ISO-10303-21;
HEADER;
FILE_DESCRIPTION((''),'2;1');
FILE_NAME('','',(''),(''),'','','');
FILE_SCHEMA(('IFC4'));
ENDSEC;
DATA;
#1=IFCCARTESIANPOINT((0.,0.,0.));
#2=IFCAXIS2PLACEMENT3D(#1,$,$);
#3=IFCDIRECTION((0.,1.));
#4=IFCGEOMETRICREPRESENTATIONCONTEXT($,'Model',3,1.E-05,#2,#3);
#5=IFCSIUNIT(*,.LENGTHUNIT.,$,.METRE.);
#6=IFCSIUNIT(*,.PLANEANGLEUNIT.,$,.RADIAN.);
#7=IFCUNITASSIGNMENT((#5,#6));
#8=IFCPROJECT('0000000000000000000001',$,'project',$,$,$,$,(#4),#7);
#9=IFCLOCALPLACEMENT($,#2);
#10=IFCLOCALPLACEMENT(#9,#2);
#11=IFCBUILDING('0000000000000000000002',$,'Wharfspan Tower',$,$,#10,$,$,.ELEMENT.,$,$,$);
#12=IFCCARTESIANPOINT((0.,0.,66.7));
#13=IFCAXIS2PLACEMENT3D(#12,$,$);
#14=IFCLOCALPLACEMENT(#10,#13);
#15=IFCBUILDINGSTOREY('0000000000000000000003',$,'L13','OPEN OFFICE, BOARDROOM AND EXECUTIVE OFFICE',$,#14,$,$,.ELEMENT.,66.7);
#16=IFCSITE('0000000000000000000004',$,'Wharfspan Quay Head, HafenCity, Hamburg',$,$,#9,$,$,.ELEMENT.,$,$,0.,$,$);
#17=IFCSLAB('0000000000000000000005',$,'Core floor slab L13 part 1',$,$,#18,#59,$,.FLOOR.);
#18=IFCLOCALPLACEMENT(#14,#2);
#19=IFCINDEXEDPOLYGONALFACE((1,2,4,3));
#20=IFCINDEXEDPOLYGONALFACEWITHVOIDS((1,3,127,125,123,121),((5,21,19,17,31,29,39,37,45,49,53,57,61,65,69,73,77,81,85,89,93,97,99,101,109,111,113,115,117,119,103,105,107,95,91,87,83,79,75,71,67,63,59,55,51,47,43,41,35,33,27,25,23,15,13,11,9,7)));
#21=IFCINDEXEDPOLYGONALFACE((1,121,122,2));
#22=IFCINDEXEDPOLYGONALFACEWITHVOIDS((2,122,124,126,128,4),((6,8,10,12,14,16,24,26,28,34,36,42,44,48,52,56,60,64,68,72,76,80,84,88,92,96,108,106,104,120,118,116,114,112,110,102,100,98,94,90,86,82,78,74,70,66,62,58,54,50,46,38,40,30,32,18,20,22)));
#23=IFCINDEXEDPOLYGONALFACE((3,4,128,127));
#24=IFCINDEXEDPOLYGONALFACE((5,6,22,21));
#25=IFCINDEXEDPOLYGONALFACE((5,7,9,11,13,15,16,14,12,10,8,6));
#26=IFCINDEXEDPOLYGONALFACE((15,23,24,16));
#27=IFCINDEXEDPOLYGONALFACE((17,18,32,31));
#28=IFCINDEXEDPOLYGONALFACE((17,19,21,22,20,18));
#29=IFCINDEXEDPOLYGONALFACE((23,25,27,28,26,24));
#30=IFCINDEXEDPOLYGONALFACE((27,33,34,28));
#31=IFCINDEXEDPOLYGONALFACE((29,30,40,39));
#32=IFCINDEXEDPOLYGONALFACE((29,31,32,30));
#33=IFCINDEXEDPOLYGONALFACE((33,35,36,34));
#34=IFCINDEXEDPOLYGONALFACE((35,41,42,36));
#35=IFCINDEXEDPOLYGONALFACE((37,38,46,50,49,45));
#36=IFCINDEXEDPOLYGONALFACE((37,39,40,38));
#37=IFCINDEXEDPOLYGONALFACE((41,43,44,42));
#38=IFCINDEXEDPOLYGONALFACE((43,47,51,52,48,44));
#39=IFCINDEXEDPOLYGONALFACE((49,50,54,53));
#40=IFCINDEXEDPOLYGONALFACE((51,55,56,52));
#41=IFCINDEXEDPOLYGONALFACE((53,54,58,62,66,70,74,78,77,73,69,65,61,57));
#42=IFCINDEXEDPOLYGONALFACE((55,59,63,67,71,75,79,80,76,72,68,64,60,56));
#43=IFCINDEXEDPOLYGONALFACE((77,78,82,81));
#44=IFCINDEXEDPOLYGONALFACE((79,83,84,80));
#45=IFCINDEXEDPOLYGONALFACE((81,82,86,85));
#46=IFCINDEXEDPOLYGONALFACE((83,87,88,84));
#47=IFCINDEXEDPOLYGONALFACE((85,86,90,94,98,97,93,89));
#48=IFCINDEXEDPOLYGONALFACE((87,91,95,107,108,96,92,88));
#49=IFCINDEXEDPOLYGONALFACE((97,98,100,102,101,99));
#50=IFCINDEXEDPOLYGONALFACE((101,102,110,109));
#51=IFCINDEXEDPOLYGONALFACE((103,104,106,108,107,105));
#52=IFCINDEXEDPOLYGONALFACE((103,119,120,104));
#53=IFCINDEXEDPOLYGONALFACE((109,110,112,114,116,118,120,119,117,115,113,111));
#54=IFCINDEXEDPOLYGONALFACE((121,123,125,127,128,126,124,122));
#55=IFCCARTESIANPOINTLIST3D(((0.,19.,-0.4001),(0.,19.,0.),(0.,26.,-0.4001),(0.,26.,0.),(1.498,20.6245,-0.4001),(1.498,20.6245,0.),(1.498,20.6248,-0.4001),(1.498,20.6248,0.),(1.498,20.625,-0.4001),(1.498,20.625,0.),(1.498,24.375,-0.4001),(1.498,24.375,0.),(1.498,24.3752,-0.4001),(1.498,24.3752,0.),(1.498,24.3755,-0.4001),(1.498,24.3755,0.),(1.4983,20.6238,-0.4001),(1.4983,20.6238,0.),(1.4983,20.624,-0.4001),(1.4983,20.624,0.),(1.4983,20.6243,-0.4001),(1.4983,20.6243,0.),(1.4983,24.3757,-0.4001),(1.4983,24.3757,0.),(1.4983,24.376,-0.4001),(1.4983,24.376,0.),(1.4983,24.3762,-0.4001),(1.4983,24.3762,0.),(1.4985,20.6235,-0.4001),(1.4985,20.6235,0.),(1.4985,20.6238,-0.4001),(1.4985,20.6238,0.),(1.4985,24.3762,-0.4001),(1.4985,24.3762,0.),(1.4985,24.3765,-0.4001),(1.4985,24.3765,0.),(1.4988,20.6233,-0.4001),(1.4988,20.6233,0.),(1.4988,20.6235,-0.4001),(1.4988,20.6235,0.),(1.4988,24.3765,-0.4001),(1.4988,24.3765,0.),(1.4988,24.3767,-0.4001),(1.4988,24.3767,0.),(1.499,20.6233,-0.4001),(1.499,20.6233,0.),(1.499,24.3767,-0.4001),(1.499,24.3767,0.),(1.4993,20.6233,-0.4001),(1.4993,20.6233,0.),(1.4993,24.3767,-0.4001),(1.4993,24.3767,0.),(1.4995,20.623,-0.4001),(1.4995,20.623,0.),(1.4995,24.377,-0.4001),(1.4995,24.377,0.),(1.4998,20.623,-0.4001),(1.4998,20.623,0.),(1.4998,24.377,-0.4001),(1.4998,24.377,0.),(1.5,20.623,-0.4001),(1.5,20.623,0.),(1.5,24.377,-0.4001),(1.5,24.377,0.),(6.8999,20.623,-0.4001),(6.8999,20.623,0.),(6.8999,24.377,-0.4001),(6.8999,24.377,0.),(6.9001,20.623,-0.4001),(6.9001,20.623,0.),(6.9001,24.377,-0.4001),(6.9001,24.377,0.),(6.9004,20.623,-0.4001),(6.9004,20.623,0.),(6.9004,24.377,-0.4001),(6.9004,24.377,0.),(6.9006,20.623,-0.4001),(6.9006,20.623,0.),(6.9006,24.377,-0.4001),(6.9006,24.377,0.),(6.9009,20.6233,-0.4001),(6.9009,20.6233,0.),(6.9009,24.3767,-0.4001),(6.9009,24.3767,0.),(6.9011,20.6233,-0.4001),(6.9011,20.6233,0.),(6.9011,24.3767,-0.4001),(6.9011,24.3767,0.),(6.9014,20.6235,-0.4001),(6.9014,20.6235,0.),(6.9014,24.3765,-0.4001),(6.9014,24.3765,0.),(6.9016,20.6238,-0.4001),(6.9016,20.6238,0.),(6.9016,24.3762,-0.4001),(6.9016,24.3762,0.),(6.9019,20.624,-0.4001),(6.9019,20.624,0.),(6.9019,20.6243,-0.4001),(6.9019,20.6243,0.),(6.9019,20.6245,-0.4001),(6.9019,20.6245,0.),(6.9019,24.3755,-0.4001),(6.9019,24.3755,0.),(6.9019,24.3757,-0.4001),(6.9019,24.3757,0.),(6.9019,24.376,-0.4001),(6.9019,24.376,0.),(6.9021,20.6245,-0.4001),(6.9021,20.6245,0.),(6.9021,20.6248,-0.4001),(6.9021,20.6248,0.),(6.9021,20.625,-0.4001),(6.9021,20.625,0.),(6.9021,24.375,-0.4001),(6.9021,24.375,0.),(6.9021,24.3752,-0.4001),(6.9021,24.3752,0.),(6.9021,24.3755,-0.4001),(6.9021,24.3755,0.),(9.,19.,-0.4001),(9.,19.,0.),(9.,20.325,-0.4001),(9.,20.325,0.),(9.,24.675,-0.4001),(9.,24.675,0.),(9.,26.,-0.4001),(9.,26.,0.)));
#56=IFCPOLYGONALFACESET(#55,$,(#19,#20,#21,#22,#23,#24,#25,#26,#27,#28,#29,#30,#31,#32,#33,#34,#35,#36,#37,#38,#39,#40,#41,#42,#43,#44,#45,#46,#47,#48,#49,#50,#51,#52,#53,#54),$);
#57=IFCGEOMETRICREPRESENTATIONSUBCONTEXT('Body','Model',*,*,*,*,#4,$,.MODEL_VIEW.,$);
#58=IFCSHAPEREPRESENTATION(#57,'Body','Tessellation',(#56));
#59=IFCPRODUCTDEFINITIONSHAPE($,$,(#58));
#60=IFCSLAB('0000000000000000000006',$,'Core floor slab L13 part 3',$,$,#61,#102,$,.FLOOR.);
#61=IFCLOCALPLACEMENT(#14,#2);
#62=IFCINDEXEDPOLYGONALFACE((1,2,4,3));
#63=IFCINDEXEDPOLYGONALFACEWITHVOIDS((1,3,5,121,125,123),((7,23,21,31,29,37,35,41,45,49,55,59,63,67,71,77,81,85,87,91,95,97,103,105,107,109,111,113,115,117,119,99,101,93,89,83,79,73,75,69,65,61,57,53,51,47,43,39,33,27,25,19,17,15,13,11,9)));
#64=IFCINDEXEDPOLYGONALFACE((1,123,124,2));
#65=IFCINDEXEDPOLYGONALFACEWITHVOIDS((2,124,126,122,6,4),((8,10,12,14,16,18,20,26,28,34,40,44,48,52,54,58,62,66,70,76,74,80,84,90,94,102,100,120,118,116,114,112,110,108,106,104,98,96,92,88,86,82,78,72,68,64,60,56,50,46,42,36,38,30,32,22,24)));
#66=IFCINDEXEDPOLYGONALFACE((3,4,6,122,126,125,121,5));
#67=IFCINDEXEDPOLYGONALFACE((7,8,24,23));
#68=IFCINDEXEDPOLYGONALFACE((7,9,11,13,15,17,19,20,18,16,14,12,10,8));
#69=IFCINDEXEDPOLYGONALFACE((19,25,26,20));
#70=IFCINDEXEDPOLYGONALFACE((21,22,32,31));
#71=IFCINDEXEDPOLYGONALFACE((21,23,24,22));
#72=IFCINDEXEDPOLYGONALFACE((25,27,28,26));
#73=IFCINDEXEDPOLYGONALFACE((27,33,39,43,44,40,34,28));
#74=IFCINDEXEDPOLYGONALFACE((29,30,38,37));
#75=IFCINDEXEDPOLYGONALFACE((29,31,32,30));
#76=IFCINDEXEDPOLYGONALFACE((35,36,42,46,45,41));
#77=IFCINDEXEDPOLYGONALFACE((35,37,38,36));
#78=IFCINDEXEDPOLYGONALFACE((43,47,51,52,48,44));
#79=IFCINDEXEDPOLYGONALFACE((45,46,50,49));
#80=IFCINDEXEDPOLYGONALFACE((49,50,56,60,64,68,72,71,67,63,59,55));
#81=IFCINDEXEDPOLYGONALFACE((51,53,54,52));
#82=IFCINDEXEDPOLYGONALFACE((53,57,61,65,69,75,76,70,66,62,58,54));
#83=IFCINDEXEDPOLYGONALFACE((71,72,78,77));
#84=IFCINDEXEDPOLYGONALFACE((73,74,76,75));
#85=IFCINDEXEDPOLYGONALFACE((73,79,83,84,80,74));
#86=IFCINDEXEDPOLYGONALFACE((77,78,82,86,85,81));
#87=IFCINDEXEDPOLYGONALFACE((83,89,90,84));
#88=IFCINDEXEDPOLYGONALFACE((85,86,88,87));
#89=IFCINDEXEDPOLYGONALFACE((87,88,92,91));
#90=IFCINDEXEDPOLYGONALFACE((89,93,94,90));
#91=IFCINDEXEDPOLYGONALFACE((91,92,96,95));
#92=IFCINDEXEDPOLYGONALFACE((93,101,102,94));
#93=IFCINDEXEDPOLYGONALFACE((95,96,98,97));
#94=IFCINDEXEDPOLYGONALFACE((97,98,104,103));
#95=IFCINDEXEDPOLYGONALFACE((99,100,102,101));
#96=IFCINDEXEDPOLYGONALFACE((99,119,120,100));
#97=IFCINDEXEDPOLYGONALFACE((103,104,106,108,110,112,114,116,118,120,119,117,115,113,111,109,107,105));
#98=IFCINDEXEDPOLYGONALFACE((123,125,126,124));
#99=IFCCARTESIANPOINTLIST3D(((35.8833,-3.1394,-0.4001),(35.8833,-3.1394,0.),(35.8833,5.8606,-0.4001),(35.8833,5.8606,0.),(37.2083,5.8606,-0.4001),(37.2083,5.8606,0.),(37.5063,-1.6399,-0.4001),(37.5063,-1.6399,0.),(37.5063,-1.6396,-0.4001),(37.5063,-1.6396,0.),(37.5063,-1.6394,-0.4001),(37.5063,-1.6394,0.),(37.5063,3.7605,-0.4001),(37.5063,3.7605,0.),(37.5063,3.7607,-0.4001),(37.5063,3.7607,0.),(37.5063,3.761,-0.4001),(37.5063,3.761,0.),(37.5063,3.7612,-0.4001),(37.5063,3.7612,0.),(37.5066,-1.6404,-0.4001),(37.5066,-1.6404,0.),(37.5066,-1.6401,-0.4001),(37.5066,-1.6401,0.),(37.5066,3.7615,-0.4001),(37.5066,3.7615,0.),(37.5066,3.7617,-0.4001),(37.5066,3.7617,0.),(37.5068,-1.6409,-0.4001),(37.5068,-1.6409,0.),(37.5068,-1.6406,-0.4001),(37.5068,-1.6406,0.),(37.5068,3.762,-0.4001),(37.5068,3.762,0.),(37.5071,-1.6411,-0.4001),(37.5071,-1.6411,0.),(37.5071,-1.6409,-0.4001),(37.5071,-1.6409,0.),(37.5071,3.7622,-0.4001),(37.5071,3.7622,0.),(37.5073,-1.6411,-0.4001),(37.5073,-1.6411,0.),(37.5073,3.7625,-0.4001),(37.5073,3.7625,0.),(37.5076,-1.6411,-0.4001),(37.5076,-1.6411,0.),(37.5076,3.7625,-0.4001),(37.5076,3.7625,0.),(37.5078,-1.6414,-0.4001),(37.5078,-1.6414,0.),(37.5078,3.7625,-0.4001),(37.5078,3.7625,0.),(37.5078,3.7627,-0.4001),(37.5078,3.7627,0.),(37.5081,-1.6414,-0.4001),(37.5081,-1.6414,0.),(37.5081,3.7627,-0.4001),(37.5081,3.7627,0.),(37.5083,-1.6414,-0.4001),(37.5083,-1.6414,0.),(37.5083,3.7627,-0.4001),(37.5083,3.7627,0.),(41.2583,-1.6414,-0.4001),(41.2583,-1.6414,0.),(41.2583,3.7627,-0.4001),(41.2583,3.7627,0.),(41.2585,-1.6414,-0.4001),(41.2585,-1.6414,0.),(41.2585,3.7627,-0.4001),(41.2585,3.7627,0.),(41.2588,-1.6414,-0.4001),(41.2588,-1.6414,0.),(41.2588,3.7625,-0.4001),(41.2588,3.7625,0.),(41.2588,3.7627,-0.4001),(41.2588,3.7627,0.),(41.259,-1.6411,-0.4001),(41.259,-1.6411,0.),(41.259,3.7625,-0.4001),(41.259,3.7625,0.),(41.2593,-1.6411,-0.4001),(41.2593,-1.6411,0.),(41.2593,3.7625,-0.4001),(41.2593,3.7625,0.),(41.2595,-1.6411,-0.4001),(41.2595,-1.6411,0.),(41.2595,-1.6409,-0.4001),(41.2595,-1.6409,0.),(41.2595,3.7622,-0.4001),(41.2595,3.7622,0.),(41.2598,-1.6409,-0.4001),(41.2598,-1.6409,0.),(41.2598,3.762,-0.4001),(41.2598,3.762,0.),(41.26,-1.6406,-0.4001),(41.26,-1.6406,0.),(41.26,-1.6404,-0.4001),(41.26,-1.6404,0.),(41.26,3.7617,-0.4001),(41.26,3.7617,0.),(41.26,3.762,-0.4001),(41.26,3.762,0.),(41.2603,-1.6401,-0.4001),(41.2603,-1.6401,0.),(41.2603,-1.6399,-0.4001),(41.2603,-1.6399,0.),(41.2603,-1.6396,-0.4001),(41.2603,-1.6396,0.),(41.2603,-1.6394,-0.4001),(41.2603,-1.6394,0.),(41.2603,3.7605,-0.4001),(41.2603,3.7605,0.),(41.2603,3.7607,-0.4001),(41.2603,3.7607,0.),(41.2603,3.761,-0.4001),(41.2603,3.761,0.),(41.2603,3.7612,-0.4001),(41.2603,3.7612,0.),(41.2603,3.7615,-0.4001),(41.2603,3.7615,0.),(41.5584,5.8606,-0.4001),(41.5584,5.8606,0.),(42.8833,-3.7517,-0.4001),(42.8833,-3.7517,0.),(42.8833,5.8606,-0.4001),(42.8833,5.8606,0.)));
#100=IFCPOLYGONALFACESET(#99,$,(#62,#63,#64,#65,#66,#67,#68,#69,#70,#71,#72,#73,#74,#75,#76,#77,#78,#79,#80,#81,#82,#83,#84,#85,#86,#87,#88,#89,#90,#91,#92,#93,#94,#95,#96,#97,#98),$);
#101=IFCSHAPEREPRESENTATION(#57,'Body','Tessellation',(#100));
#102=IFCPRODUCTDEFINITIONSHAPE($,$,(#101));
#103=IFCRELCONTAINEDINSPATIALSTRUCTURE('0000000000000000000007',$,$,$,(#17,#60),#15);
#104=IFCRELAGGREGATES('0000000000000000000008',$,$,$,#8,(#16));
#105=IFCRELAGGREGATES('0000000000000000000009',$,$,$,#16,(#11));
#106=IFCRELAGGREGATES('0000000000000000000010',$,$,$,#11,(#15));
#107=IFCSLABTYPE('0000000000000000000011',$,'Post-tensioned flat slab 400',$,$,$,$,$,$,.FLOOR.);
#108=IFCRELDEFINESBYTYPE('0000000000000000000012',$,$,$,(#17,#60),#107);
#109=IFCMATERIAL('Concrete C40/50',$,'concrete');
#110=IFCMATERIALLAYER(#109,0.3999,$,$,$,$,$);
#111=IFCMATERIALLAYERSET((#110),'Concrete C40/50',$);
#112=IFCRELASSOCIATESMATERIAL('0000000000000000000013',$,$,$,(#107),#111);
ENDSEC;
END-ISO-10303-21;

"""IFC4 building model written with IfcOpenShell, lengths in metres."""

from ifc_helpers import new_model, si_unit, direction, frame, origin, place, context, subcontext, project, spatial, polyline, outline, extrude, material, layer, layer_set, type_object, element, save


model = new_model("IFC4")

# Units and contexts
model_context = context("Model", 3, precision=1e-05, world=origin(), true_north=direction((0.0, 1.0)))
body_context = subcontext(model_context, "Body", "Model", "MODEL_VIEW")
ifc_project = project(units=[si_unit("LENGTHUNIT", "METRE"), si_unit("PLANEANGLEUNIT", "RADIAN")], contexts=[model_context])

# Site, building, storey
site_placement = place(None, origin())
site = spatial("IfcSite", under=ifc_project, at=site_placement, Name="Wharfspan Quay Head, HafenCity, Hamburg", CompositionType="ELEMENT", RefElevation=0.0)
building_placement = place(site_placement, origin())
building = spatial("IfcBuilding", under=site, at=building_placement, Name="Wharfspan Tower", CompositionType="ELEMENT")
storey_placement = place(building_placement, frame((0.0, 0.0, 66.7)))
storey = spatial("IfcBuildingStorey", under=building, at=storey_placement, Name="L13", Description="OPEN OFFICE, BOARDROOM AND EXECUTIVE OFFICE", CompositionType="ELEMENT", Elevation=66.7)

# Slabs
ifc_material_1 = material(Name="Concrete C40/50", Category="concrete")
ifc_layer_1 = layer(ifc_material_1, 0.3999)
ifc_layer_set_1 = layer_set([ifc_layer_1], Name="Concrete C40/50")
slab_type_1 = type_object("IfcSlabType", Name="Post-tensioned flat slab 400", PredefinedType="FLOOR", material=ifc_layer_set_1)
slab_1_placement = place(storey_placement, frame((0.0, 0.0, -0.4001)))
element("IfcSlab", 1, at=slab_1_placement, inside=storey, type_object=slab_type_1, Name="Core floor slab L13 part 1", PredefinedType="FLOOR", context=body_context, shape_type="SweptSolid", body=[
    extrude(outline(polyline([(9.0, 20.325), (9.0, 24.675), (9.0, 26.0), (0.0, 26.0), (0.0, 19.0), (9.0, 19.0), (9.0, 20.325)]), holes=[polyline([(6.9021, 20.625), (6.9021, 20.6248), (6.9021, 20.6245), (6.9019, 20.6245), (6.9019, 20.6243), (6.9019, 20.624), (6.9016, 20.6238), (6.9016, 20.6238), (6.9014, 20.6235), (6.9014, 20.6235), (6.9011, 20.6233), (6.9009, 20.6233), (6.9009, 20.6233), (6.9006, 20.623), (6.9004, 20.623), (6.9001, 20.623), (6.8999, 20.623), (1.5, 20.623), (1.4998, 20.623), (1.4995, 20.623), (1.4995, 20.623), (1.4993, 20.6233), (1.499, 20.6233), (1.4988, 20.6233), (1.4988, 20.6235), (1.4985, 20.6235), (1.4985, 20.6238), (1.4983, 20.6238), (1.4983, 20.624), (1.4983, 20.6243), (1.498, 20.6245), (1.498, 20.6245), (1.498, 20.6248), (1.498, 20.625), (1.498, 24.375), (1.498, 24.3752), (1.498, 24.3755), (1.498, 24.3755), (1.4983, 24.3757), (1.4983, 24.376), (1.4983, 24.3762), (1.4985, 24.3762), (1.4985, 24.3765), (1.4988, 24.3765), (1.4988, 24.3767), (1.499, 24.3767), (1.4993, 24.3767), (1.4995, 24.377), (1.4995, 24.377), (1.4998, 24.377), (1.5, 24.377), (6.8999, 24.377), (6.9001, 24.377), (6.9004, 24.377), (6.9006, 24.377), (6.9009, 24.3767), (6.9009, 24.3767), (6.9011, 24.3767), (6.9014, 24.3765), (6.9014, 24.3765), (6.9016, 24.3762), (6.9016, 24.3762), (6.9019, 24.376), (6.9019, 24.3757), (6.9019, 24.3755), (6.9021, 24.3755), (6.9021, 24.3752), (6.9021, 24.375), (6.9021, 20.625)])]), origin(), (0.0, 0.0, 1.0), 0.4001),
])
slab_2_placement = place(storey_placement, frame((0.0, 0.0, -0.4001)))
element("IfcSlab", 2, at=slab_2_placement, inside=storey, type_object=slab_type_1, Name="Core floor slab L13 part 3", PredefinedType="FLOOR", context=body_context, shape_type="SweptSolid", body=[
    extrude(outline(polyline([(41.5583, 5.8606), (37.2083, 5.8606), (35.8833, 5.8606), (35.8833, -3.1394), (42.8833, -3.7517), (42.8833, 5.8606), (41.5583, 5.8606)]), holes=[polyline([(37.5063, 3.7605), (37.5063, 3.7607), (37.5063, 3.761), (37.5063, 3.7612), (37.5066, 3.7615), (37.5066, 3.7617), (37.5066, 3.7617), (37.5068, 3.762), (37.5068, 3.762), (37.5071, 3.7622), (37.5071, 3.7622), (37.5073, 3.7625), (37.5076, 3.7625), (37.5078, 3.7625), (37.5078, 3.7627), (37.5081, 3.7627), (37.5083, 3.7627), (41.2583, 3.7627), (41.2585, 3.7627), (41.2588, 3.7627), (41.2588, 3.7625), (41.259, 3.7625), (41.2593, 3.7625), (41.2595, 3.7622), (41.2595, 3.7622), (41.2598, 3.762), (41.26, 3.762), (41.26, 3.7617), (41.26, 3.7617), (41.2603, 3.7615), (41.2603, 3.7612), (41.2603, 3.761), (41.2603, 3.7607), (41.2603, 3.7605), (41.2603, -1.6394), (41.2603, -1.6396), (41.2603, -1.6399), (41.2603, -1.6399), (41.2603, -1.6401), (41.26, -1.6404), (41.26, -1.6404), (41.26, -1.6406), (41.2598, -1.6409), (41.2595, -1.6409), (41.2595, -1.6411), (41.2593, -1.6411), (41.259, -1.6411), (41.2588, -1.6414), (41.2588, -1.6414), (41.2585, -1.6414), (41.2583, -1.6414), (37.5083, -1.6414), (37.5081, -1.6414), (37.5078, -1.6414), (37.5078, -1.6414), (37.5076, -1.6411), (37.5073, -1.6411), (37.5071, -1.6411), (37.5071, -1.6409), (37.5068, -1.6409), (37.5068, -1.6406), (37.5066, -1.6404), (37.5066, -1.6404), (37.5066, -1.6401), (37.5063, -1.6399), (37.5063, -1.6399), (37.5063, -1.6396), (37.5063, -1.6394), (37.5063, 3.7605)])]), origin(), (0.0, 0.0, 1.0), 0.4001),
])

save(model, "model.ifc")
